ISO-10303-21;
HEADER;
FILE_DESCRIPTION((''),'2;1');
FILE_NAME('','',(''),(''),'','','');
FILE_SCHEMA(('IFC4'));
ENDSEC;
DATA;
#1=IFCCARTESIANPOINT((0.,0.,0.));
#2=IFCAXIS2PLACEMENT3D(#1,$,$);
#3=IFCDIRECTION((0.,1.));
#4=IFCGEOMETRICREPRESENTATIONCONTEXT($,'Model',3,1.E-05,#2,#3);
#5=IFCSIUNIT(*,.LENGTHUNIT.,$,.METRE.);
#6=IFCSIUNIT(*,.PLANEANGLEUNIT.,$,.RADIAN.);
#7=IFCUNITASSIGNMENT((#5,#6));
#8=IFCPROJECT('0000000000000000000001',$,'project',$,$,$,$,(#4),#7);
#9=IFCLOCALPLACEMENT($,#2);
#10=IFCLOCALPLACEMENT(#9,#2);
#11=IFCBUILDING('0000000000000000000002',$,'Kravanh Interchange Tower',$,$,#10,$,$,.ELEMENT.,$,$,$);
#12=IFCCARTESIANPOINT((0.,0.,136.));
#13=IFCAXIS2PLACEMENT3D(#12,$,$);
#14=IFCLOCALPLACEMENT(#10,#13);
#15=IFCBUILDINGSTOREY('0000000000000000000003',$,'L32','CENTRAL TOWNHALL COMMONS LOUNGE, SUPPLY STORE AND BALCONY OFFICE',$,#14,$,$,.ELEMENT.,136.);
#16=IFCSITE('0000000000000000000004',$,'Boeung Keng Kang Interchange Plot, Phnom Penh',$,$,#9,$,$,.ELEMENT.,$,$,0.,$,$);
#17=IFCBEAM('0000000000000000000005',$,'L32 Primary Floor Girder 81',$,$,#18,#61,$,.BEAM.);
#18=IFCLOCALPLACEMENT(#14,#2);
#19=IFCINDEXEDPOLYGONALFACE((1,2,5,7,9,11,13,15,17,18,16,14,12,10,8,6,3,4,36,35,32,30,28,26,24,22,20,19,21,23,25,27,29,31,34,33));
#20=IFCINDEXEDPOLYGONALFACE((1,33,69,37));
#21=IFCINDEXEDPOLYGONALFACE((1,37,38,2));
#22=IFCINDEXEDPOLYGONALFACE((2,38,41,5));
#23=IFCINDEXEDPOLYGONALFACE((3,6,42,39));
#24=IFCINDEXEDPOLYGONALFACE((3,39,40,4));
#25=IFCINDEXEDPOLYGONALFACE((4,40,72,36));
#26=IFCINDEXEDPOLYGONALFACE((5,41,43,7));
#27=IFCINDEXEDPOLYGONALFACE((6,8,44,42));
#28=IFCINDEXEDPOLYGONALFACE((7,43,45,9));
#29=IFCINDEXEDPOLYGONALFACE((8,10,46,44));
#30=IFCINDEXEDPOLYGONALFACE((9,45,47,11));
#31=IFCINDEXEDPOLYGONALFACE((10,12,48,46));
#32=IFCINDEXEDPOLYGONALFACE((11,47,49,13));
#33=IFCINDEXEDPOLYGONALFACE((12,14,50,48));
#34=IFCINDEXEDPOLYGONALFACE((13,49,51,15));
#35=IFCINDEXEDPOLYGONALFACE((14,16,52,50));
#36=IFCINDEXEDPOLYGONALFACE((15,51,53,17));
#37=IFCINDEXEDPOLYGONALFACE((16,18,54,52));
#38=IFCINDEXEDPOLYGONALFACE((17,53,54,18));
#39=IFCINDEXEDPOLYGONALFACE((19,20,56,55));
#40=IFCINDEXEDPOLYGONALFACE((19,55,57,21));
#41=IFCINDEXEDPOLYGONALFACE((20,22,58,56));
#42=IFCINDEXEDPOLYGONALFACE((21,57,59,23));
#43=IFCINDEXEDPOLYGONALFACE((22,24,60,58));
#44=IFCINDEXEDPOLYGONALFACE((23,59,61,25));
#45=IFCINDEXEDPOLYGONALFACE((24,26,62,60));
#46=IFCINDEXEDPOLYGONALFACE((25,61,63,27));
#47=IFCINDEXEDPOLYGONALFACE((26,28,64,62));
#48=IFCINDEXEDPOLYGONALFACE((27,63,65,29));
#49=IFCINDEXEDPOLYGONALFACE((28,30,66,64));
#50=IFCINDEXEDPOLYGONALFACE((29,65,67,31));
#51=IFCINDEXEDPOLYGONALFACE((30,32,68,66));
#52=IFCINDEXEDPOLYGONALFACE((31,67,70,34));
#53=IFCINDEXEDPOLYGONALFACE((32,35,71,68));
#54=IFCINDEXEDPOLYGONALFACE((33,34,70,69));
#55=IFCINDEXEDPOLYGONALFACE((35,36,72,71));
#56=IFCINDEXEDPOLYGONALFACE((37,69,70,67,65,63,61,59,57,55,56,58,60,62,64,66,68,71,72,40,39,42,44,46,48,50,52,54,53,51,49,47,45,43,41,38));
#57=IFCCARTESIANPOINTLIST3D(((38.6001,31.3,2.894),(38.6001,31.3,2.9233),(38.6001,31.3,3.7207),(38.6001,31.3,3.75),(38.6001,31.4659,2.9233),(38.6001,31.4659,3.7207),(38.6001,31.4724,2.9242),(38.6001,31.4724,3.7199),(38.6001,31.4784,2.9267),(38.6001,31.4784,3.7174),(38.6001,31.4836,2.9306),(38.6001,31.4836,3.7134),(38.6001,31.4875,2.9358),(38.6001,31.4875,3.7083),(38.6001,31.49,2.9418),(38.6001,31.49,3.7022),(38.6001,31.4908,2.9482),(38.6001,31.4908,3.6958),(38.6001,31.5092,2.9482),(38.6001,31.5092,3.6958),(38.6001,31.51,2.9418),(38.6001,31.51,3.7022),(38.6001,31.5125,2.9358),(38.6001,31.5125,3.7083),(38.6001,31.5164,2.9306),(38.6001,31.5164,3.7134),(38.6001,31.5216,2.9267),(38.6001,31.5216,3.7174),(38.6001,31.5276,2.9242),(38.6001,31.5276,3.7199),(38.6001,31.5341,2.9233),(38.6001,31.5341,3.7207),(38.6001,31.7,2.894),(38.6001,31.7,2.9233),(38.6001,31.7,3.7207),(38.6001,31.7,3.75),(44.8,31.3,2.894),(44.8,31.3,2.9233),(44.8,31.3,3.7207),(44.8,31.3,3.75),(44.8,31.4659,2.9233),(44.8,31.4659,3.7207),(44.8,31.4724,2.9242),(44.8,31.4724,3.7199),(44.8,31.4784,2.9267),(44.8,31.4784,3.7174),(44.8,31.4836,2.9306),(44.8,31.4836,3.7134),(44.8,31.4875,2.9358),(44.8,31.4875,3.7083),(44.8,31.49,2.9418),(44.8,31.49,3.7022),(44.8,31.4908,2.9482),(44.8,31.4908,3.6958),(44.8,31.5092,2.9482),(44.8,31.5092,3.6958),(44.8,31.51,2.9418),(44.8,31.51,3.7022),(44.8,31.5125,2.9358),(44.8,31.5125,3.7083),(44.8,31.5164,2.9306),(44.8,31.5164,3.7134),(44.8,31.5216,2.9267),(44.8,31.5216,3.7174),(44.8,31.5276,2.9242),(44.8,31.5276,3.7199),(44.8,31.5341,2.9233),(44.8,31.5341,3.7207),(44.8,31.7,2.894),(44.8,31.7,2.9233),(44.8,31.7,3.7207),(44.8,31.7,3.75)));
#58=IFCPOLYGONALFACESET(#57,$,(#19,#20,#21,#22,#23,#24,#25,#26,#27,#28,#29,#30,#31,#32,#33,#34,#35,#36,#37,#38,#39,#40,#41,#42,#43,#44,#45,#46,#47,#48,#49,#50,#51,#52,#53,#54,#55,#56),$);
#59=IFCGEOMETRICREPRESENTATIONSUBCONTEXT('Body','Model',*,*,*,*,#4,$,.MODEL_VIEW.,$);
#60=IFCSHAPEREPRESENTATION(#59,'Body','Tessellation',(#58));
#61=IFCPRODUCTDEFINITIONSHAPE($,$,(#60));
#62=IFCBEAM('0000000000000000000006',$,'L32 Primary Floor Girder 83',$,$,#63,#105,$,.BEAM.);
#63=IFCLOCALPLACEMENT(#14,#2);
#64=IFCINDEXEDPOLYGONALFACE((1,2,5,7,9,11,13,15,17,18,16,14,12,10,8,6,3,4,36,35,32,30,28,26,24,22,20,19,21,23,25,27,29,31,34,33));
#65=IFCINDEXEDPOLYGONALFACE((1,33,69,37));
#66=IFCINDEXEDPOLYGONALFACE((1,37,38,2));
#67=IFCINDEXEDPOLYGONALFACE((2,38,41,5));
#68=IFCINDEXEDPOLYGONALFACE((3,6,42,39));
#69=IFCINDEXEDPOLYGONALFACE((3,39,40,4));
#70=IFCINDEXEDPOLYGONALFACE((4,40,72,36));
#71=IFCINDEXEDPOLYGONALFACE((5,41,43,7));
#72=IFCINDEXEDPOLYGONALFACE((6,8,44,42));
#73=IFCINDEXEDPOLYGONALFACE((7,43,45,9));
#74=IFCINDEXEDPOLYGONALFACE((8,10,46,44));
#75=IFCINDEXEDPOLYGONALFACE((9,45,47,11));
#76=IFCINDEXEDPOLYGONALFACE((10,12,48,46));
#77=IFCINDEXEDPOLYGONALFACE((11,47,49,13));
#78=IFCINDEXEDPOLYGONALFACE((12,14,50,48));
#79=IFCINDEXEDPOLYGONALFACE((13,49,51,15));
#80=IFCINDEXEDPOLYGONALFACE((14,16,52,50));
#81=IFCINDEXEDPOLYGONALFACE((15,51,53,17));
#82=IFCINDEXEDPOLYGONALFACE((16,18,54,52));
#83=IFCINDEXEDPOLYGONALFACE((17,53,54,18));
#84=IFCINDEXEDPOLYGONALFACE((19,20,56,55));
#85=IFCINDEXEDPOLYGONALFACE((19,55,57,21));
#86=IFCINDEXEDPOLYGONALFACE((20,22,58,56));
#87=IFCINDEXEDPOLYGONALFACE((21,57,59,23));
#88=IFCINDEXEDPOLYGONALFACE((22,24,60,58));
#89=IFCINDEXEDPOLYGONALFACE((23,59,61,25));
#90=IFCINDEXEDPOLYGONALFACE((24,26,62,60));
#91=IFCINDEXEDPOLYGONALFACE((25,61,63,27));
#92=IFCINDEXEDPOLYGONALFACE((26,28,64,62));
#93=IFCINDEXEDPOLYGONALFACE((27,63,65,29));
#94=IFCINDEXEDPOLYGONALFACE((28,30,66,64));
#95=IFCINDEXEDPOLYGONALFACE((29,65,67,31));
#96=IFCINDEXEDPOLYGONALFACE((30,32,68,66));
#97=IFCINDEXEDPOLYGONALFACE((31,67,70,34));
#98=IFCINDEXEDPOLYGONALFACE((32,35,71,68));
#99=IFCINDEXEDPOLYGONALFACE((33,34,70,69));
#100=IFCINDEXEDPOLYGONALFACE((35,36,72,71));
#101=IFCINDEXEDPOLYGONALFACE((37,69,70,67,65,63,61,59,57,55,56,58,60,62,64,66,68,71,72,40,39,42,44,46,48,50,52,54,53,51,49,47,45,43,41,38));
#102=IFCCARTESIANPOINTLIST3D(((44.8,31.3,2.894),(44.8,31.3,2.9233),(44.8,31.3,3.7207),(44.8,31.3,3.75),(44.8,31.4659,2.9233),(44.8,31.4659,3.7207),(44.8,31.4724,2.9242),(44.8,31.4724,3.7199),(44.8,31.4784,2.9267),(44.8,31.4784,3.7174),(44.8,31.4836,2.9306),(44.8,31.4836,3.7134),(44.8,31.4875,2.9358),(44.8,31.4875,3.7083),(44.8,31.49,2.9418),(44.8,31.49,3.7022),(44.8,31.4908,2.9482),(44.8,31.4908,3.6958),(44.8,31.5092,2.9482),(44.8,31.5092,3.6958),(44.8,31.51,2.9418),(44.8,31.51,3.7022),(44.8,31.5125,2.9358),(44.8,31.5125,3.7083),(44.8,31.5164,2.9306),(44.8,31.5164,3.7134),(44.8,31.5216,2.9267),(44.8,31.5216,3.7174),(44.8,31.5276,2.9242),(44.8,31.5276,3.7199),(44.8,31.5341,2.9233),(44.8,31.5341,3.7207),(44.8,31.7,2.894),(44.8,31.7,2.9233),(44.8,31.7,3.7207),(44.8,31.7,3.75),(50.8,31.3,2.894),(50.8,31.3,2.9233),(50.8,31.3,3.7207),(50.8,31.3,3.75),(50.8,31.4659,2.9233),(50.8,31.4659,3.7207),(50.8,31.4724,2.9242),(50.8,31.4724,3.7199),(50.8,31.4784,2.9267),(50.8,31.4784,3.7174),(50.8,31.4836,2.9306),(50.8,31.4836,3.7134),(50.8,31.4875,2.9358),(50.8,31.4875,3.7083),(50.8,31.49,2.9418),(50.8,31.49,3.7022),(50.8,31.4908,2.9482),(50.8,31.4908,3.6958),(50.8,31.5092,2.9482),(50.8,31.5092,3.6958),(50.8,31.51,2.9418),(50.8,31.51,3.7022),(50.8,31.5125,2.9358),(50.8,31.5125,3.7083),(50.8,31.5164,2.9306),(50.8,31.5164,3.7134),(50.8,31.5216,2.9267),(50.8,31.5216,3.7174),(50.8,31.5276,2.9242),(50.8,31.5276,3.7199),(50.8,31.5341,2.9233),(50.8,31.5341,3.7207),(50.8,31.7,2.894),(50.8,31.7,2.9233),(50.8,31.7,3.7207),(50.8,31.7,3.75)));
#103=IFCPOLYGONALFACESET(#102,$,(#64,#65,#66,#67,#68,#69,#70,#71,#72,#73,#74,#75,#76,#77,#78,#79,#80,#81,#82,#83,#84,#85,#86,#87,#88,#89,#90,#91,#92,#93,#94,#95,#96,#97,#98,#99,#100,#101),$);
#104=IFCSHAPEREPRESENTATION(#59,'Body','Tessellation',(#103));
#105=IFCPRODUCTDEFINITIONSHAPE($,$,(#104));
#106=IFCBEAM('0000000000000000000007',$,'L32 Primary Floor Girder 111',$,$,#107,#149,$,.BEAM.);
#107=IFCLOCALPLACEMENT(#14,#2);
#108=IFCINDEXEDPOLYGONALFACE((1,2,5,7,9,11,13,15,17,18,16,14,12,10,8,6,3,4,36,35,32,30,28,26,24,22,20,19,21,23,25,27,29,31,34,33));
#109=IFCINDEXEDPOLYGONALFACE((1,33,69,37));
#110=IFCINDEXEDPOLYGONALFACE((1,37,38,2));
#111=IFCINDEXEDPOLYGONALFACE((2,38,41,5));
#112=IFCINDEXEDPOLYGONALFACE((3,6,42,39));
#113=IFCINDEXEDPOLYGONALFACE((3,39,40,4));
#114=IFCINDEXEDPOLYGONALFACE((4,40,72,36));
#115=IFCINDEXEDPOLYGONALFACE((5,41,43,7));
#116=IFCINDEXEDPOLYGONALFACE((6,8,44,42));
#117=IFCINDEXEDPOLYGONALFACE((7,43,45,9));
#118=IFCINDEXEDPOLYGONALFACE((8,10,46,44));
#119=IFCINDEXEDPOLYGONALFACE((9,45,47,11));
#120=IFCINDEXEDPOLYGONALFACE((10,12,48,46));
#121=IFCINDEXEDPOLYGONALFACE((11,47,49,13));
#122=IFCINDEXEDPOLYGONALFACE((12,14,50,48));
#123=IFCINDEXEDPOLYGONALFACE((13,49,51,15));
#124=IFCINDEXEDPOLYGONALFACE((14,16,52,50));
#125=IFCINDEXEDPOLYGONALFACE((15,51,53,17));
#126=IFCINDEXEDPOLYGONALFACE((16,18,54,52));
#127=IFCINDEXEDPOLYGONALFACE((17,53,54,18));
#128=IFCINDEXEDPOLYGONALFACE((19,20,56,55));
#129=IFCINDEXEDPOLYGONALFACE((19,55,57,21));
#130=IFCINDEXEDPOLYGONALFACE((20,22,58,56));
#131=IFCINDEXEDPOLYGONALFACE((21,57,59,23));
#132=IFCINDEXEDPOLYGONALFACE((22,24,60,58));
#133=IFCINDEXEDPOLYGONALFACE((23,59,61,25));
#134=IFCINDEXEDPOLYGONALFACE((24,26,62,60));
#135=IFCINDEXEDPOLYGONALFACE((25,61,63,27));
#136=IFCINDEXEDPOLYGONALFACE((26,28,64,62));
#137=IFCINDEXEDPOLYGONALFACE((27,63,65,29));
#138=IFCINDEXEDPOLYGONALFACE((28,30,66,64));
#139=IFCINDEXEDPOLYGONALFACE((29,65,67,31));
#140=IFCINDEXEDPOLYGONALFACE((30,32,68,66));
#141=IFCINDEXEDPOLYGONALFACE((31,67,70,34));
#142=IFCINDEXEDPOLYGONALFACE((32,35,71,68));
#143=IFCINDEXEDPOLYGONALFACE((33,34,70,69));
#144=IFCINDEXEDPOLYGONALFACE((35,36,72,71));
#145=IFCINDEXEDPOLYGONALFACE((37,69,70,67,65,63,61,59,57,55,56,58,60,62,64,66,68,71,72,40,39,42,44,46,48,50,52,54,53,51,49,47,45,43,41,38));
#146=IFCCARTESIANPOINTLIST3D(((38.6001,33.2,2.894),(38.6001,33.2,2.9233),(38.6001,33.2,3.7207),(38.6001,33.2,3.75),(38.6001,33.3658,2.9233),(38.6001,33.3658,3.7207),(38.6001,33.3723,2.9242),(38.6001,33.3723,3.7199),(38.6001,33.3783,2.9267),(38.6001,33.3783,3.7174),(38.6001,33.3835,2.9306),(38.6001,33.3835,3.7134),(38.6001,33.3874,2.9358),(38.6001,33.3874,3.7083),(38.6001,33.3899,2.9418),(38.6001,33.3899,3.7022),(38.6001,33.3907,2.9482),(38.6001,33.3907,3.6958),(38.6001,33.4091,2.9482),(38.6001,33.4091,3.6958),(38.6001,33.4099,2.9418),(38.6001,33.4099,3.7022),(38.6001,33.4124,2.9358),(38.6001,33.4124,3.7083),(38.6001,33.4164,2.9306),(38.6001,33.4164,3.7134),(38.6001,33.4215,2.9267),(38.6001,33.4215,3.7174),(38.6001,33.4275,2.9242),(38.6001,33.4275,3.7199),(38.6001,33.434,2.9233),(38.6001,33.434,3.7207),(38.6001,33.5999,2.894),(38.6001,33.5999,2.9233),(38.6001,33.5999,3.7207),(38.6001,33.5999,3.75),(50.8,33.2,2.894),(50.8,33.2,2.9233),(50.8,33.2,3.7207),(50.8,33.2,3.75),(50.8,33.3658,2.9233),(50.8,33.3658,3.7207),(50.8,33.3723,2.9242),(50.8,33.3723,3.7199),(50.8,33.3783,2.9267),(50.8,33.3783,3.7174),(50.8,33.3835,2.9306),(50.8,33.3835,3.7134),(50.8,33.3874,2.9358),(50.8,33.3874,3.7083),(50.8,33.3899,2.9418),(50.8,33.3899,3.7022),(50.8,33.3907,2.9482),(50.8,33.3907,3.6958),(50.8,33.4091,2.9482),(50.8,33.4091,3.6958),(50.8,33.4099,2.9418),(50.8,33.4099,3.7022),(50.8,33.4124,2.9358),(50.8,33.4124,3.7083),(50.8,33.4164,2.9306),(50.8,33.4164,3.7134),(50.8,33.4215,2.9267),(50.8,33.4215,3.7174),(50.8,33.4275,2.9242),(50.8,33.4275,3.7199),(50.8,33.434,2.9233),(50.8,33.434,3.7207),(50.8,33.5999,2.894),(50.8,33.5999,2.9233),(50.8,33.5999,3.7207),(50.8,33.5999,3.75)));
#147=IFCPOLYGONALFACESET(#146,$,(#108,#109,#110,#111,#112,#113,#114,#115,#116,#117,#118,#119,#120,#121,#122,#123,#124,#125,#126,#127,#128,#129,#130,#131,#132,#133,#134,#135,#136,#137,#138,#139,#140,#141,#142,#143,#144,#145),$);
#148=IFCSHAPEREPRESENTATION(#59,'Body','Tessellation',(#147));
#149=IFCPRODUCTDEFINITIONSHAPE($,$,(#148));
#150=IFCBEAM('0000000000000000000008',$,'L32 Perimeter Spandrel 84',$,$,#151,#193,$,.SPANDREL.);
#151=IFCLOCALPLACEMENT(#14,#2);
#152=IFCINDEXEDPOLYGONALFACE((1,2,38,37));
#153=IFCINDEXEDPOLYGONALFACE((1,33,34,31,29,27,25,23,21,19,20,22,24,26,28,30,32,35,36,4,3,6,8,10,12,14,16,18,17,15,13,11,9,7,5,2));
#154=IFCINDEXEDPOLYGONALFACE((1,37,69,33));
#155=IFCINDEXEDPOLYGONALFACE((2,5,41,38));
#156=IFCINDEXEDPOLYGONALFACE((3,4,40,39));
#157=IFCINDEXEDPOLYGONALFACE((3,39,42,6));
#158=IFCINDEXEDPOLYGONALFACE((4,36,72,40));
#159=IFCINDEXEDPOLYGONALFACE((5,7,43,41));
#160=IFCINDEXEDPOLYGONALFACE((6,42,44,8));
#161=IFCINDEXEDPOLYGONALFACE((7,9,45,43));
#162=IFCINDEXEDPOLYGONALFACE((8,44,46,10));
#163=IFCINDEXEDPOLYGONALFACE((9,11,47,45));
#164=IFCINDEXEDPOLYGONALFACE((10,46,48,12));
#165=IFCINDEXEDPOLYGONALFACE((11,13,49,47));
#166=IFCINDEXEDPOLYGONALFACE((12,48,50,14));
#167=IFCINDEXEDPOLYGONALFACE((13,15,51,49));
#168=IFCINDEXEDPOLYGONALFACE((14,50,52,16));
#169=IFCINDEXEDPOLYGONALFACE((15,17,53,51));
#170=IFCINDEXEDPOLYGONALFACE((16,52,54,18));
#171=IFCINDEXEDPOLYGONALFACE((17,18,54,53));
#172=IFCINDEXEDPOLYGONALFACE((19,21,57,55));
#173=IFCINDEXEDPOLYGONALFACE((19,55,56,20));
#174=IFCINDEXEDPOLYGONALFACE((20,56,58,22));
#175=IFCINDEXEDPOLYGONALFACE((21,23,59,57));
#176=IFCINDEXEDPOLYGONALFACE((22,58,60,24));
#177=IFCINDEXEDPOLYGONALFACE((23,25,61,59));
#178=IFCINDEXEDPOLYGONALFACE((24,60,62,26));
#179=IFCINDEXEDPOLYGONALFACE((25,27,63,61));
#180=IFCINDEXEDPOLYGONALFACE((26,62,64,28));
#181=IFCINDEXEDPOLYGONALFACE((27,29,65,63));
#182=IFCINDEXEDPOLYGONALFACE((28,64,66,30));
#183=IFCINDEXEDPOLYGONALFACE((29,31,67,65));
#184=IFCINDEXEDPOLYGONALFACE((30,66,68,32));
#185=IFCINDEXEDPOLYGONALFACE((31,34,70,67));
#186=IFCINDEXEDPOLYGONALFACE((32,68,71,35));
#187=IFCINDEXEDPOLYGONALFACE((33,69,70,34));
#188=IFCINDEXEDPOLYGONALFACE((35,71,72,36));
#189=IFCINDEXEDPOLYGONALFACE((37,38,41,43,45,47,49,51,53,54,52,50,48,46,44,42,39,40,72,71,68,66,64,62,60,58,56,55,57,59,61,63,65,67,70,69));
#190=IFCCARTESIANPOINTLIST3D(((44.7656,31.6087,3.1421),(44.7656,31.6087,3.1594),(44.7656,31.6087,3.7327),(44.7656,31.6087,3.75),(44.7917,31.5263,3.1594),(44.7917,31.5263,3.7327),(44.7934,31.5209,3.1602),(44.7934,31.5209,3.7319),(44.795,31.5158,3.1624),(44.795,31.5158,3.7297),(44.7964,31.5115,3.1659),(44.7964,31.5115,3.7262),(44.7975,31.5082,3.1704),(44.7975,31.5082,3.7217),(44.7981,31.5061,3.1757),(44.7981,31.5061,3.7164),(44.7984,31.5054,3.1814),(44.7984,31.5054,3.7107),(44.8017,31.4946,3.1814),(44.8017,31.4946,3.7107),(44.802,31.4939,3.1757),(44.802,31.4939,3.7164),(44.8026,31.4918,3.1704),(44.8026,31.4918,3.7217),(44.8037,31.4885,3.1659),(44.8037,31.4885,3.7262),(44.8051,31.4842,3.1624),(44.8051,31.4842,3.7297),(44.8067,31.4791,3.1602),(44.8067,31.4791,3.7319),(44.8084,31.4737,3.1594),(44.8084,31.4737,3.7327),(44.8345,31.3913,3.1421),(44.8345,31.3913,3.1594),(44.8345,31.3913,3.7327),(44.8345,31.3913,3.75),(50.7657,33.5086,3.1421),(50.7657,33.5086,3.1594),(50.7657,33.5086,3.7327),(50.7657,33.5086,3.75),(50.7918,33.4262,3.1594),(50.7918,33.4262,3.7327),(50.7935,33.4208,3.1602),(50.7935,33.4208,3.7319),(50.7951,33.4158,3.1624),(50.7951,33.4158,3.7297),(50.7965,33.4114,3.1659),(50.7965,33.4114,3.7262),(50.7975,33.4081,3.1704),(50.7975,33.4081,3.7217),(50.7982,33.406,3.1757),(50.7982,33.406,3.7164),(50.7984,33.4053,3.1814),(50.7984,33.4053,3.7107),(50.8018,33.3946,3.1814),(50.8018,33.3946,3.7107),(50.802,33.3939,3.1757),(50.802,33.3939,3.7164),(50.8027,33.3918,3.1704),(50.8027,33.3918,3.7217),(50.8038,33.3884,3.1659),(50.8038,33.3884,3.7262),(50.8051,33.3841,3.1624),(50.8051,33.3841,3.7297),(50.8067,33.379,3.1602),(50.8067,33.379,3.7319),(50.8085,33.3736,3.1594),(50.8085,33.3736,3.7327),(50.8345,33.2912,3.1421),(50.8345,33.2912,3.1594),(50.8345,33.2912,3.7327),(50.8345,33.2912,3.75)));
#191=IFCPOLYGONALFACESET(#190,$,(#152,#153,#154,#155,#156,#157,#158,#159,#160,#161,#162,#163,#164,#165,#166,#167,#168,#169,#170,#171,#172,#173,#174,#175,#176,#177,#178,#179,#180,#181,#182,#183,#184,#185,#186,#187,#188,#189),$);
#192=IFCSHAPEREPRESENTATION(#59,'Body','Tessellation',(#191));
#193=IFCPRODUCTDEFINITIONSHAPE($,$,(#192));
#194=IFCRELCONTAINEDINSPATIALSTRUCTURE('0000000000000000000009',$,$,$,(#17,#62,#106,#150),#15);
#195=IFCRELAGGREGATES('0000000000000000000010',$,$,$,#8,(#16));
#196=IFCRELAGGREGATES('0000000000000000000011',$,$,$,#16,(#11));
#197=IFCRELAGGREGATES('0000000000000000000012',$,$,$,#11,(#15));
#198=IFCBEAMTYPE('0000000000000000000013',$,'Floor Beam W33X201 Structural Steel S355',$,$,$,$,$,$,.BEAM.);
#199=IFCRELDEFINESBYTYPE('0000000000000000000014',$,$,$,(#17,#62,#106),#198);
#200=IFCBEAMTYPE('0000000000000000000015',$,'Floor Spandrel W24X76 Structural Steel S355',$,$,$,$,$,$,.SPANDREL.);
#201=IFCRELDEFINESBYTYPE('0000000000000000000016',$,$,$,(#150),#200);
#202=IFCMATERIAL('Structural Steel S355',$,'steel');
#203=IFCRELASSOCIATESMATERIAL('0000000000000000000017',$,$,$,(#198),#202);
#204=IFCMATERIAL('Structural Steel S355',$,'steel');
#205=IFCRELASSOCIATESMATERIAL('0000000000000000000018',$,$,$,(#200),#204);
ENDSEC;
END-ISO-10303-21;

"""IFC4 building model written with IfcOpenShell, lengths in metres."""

from ifc_helpers import new_model, si_unit, direction, frame, origin, origin_2d, place, context, subcontext, project, spatial, i_section, extrude, material, material_profile, profile_set, type_object, element, save


model = new_model("IFC4")

# Units and contexts
model_context = context("Model", 3, precision=1e-05, world=origin(), true_north=direction((0.0, 1.0)))
body_context = subcontext(model_context, "Body", "Model", "MODEL_VIEW")
ifc_project = project(units=[si_unit("LENGTHUNIT", "METRE"), si_unit("PLANEANGLEUNIT", "RADIAN")], contexts=[model_context])

# Site, building, storey
site_placement = place(None, origin())
site = spatial("IfcSite", under=ifc_project, at=site_placement, Name="Boeung Keng Kang Interchange Plot, Phnom Penh", CompositionType="ELEMENT", RefElevation=0.0)
building_placement = place(site_placement, origin())
building = spatial("IfcBuilding", under=site, at=building_placement, Name="Kravanh Interchange Tower", CompositionType="ELEMENT")
storey_placement = place(building_placement, frame((0.0, 0.0, 136.0)))
storey = spatial("IfcBuildingStorey", under=building, at=storey_placement, Name="L32", Description="CENTRAL TOWNHALL COMMONS LOUNGE, SUPPLY STORE AND BALCONY OFFICE", CompositionType="ELEMENT", Elevation=136.0)

# Beams
ifc_material_1 = material(Name="Structural Steel S355", Category="steel")
ifc_material_profile_1 = material_profile(ifc_material_1, i_section(OverallWidth=0.3999, OverallDepth=0.856, WebThickness=0.0183, FlangeThickness=0.0293, FilletRadius=0.0249, at=origin_2d()), Name="W33X201")
ifc_profile_set_1 = profile_set([ifc_material_profile_1], Name="Structural Steel S355")
beam_type_1 = type_object("IfcBeamType", Name="Floor Beam W33X201 Structural Steel S355", PredefinedType="BEAM", material=ifc_profile_set_1)
beam_1_placement = place(storey_placement, frame((38.6001, 31.5, 3.322), z_axis=(1.0, 0.0, 0.0), x_axis=(0.0, 1.0, 0.0)))
element("IfcBeam", 1, at=beam_1_placement, inside=storey, type_object=beam_type_1, Name="L32 Primary Floor Girder 81", PredefinedType="BEAM", context=body_context, shape_type="SweptSolid", body=[
    extrude(i_section(OverallWidth=0.3999, OverallDepth=0.856, WebThickness=0.0183, FlangeThickness=0.0293, FilletRadius=0.0249, at=origin_2d()), origin(), (0.0, 0.0, 1.0), 6.2),
])
beam_2_placement = place(storey_placement, frame((44.8, 31.5, 3.322), z_axis=(1.0, 0.0, 0.0), x_axis=(0.0, 1.0, 0.0)))
element("IfcBeam", 2, at=beam_2_placement, inside=storey, type_object=beam_type_1, Name="L32 Primary Floor Girder 83", PredefinedType="BEAM", context=body_context, shape_type="SweptSolid", body=[
    extrude(i_section(OverallWidth=0.3999, OverallDepth=0.856, WebThickness=0.0183, FlangeThickness=0.0293, FilletRadius=0.0249, at=origin_2d()), origin(), (0.0, 0.0, 1.0), 6.0),
])
beam_3_placement = place(storey_placement, frame((38.6001, 33.3999, 3.322), z_axis=(1.0, 0.0, 0.0), x_axis=(0.0, 1.0, 0.0)))
element("IfcBeam", 3, at=beam_3_placement, inside=storey, type_object=beam_type_1, Name="L32 Primary Floor Girder 111", PredefinedType="BEAM", context=body_context, shape_type="SweptSolid", body=[
    extrude(i_section(OverallWidth=0.3999, OverallDepth=0.856, WebThickness=0.0183, FlangeThickness=0.0293, FilletRadius=0.0249, at=origin_2d()), origin(), (0.0, 0.0, 1.0), 12.2),
])
ifc_material_2 = material(Name="Structural Steel S355", Category="steel")
ifc_material_profile_2 = material_profile(ifc_material_2, i_section(OverallWidth=0.228, OverallDepth=0.6079, WebThickness=0.0112, FlangeThickness=0.0173, FilletRadius=0.022, at=origin_2d()), Name="W24X76")
ifc_profile_set_2 = profile_set([ifc_material_profile_2], Name="Structural Steel S355")
beam_type_2 = type_object("IfcBeamType", Name="Floor Spandrel W24X76 Structural Steel S355", PredefinedType="SPANDREL", material=ifc_profile_set_2)
beam_4_placement = place(storey_placement, frame((44.8, 31.5, 3.446), z_axis=(0.953347, 0.301878, 0.0), x_axis=(-0.301878, 0.953347, 0.0)))
element("IfcBeam", 4, at=beam_4_placement, inside=storey, type_object=beam_type_2, Name="L32 Perimeter Spandrel 84", PredefinedType="SPANDREL", context=body_context, shape_type="SweptSolid", body=[
    extrude(i_section(OverallWidth=0.228, OverallDepth=0.6079, WebThickness=0.0112, FlangeThickness=0.0173, FilletRadius=0.022, at=origin_2d()), origin(), (0.0, 0.0, 1.0), 6.2937),
])

save(model, "model.ifc")
